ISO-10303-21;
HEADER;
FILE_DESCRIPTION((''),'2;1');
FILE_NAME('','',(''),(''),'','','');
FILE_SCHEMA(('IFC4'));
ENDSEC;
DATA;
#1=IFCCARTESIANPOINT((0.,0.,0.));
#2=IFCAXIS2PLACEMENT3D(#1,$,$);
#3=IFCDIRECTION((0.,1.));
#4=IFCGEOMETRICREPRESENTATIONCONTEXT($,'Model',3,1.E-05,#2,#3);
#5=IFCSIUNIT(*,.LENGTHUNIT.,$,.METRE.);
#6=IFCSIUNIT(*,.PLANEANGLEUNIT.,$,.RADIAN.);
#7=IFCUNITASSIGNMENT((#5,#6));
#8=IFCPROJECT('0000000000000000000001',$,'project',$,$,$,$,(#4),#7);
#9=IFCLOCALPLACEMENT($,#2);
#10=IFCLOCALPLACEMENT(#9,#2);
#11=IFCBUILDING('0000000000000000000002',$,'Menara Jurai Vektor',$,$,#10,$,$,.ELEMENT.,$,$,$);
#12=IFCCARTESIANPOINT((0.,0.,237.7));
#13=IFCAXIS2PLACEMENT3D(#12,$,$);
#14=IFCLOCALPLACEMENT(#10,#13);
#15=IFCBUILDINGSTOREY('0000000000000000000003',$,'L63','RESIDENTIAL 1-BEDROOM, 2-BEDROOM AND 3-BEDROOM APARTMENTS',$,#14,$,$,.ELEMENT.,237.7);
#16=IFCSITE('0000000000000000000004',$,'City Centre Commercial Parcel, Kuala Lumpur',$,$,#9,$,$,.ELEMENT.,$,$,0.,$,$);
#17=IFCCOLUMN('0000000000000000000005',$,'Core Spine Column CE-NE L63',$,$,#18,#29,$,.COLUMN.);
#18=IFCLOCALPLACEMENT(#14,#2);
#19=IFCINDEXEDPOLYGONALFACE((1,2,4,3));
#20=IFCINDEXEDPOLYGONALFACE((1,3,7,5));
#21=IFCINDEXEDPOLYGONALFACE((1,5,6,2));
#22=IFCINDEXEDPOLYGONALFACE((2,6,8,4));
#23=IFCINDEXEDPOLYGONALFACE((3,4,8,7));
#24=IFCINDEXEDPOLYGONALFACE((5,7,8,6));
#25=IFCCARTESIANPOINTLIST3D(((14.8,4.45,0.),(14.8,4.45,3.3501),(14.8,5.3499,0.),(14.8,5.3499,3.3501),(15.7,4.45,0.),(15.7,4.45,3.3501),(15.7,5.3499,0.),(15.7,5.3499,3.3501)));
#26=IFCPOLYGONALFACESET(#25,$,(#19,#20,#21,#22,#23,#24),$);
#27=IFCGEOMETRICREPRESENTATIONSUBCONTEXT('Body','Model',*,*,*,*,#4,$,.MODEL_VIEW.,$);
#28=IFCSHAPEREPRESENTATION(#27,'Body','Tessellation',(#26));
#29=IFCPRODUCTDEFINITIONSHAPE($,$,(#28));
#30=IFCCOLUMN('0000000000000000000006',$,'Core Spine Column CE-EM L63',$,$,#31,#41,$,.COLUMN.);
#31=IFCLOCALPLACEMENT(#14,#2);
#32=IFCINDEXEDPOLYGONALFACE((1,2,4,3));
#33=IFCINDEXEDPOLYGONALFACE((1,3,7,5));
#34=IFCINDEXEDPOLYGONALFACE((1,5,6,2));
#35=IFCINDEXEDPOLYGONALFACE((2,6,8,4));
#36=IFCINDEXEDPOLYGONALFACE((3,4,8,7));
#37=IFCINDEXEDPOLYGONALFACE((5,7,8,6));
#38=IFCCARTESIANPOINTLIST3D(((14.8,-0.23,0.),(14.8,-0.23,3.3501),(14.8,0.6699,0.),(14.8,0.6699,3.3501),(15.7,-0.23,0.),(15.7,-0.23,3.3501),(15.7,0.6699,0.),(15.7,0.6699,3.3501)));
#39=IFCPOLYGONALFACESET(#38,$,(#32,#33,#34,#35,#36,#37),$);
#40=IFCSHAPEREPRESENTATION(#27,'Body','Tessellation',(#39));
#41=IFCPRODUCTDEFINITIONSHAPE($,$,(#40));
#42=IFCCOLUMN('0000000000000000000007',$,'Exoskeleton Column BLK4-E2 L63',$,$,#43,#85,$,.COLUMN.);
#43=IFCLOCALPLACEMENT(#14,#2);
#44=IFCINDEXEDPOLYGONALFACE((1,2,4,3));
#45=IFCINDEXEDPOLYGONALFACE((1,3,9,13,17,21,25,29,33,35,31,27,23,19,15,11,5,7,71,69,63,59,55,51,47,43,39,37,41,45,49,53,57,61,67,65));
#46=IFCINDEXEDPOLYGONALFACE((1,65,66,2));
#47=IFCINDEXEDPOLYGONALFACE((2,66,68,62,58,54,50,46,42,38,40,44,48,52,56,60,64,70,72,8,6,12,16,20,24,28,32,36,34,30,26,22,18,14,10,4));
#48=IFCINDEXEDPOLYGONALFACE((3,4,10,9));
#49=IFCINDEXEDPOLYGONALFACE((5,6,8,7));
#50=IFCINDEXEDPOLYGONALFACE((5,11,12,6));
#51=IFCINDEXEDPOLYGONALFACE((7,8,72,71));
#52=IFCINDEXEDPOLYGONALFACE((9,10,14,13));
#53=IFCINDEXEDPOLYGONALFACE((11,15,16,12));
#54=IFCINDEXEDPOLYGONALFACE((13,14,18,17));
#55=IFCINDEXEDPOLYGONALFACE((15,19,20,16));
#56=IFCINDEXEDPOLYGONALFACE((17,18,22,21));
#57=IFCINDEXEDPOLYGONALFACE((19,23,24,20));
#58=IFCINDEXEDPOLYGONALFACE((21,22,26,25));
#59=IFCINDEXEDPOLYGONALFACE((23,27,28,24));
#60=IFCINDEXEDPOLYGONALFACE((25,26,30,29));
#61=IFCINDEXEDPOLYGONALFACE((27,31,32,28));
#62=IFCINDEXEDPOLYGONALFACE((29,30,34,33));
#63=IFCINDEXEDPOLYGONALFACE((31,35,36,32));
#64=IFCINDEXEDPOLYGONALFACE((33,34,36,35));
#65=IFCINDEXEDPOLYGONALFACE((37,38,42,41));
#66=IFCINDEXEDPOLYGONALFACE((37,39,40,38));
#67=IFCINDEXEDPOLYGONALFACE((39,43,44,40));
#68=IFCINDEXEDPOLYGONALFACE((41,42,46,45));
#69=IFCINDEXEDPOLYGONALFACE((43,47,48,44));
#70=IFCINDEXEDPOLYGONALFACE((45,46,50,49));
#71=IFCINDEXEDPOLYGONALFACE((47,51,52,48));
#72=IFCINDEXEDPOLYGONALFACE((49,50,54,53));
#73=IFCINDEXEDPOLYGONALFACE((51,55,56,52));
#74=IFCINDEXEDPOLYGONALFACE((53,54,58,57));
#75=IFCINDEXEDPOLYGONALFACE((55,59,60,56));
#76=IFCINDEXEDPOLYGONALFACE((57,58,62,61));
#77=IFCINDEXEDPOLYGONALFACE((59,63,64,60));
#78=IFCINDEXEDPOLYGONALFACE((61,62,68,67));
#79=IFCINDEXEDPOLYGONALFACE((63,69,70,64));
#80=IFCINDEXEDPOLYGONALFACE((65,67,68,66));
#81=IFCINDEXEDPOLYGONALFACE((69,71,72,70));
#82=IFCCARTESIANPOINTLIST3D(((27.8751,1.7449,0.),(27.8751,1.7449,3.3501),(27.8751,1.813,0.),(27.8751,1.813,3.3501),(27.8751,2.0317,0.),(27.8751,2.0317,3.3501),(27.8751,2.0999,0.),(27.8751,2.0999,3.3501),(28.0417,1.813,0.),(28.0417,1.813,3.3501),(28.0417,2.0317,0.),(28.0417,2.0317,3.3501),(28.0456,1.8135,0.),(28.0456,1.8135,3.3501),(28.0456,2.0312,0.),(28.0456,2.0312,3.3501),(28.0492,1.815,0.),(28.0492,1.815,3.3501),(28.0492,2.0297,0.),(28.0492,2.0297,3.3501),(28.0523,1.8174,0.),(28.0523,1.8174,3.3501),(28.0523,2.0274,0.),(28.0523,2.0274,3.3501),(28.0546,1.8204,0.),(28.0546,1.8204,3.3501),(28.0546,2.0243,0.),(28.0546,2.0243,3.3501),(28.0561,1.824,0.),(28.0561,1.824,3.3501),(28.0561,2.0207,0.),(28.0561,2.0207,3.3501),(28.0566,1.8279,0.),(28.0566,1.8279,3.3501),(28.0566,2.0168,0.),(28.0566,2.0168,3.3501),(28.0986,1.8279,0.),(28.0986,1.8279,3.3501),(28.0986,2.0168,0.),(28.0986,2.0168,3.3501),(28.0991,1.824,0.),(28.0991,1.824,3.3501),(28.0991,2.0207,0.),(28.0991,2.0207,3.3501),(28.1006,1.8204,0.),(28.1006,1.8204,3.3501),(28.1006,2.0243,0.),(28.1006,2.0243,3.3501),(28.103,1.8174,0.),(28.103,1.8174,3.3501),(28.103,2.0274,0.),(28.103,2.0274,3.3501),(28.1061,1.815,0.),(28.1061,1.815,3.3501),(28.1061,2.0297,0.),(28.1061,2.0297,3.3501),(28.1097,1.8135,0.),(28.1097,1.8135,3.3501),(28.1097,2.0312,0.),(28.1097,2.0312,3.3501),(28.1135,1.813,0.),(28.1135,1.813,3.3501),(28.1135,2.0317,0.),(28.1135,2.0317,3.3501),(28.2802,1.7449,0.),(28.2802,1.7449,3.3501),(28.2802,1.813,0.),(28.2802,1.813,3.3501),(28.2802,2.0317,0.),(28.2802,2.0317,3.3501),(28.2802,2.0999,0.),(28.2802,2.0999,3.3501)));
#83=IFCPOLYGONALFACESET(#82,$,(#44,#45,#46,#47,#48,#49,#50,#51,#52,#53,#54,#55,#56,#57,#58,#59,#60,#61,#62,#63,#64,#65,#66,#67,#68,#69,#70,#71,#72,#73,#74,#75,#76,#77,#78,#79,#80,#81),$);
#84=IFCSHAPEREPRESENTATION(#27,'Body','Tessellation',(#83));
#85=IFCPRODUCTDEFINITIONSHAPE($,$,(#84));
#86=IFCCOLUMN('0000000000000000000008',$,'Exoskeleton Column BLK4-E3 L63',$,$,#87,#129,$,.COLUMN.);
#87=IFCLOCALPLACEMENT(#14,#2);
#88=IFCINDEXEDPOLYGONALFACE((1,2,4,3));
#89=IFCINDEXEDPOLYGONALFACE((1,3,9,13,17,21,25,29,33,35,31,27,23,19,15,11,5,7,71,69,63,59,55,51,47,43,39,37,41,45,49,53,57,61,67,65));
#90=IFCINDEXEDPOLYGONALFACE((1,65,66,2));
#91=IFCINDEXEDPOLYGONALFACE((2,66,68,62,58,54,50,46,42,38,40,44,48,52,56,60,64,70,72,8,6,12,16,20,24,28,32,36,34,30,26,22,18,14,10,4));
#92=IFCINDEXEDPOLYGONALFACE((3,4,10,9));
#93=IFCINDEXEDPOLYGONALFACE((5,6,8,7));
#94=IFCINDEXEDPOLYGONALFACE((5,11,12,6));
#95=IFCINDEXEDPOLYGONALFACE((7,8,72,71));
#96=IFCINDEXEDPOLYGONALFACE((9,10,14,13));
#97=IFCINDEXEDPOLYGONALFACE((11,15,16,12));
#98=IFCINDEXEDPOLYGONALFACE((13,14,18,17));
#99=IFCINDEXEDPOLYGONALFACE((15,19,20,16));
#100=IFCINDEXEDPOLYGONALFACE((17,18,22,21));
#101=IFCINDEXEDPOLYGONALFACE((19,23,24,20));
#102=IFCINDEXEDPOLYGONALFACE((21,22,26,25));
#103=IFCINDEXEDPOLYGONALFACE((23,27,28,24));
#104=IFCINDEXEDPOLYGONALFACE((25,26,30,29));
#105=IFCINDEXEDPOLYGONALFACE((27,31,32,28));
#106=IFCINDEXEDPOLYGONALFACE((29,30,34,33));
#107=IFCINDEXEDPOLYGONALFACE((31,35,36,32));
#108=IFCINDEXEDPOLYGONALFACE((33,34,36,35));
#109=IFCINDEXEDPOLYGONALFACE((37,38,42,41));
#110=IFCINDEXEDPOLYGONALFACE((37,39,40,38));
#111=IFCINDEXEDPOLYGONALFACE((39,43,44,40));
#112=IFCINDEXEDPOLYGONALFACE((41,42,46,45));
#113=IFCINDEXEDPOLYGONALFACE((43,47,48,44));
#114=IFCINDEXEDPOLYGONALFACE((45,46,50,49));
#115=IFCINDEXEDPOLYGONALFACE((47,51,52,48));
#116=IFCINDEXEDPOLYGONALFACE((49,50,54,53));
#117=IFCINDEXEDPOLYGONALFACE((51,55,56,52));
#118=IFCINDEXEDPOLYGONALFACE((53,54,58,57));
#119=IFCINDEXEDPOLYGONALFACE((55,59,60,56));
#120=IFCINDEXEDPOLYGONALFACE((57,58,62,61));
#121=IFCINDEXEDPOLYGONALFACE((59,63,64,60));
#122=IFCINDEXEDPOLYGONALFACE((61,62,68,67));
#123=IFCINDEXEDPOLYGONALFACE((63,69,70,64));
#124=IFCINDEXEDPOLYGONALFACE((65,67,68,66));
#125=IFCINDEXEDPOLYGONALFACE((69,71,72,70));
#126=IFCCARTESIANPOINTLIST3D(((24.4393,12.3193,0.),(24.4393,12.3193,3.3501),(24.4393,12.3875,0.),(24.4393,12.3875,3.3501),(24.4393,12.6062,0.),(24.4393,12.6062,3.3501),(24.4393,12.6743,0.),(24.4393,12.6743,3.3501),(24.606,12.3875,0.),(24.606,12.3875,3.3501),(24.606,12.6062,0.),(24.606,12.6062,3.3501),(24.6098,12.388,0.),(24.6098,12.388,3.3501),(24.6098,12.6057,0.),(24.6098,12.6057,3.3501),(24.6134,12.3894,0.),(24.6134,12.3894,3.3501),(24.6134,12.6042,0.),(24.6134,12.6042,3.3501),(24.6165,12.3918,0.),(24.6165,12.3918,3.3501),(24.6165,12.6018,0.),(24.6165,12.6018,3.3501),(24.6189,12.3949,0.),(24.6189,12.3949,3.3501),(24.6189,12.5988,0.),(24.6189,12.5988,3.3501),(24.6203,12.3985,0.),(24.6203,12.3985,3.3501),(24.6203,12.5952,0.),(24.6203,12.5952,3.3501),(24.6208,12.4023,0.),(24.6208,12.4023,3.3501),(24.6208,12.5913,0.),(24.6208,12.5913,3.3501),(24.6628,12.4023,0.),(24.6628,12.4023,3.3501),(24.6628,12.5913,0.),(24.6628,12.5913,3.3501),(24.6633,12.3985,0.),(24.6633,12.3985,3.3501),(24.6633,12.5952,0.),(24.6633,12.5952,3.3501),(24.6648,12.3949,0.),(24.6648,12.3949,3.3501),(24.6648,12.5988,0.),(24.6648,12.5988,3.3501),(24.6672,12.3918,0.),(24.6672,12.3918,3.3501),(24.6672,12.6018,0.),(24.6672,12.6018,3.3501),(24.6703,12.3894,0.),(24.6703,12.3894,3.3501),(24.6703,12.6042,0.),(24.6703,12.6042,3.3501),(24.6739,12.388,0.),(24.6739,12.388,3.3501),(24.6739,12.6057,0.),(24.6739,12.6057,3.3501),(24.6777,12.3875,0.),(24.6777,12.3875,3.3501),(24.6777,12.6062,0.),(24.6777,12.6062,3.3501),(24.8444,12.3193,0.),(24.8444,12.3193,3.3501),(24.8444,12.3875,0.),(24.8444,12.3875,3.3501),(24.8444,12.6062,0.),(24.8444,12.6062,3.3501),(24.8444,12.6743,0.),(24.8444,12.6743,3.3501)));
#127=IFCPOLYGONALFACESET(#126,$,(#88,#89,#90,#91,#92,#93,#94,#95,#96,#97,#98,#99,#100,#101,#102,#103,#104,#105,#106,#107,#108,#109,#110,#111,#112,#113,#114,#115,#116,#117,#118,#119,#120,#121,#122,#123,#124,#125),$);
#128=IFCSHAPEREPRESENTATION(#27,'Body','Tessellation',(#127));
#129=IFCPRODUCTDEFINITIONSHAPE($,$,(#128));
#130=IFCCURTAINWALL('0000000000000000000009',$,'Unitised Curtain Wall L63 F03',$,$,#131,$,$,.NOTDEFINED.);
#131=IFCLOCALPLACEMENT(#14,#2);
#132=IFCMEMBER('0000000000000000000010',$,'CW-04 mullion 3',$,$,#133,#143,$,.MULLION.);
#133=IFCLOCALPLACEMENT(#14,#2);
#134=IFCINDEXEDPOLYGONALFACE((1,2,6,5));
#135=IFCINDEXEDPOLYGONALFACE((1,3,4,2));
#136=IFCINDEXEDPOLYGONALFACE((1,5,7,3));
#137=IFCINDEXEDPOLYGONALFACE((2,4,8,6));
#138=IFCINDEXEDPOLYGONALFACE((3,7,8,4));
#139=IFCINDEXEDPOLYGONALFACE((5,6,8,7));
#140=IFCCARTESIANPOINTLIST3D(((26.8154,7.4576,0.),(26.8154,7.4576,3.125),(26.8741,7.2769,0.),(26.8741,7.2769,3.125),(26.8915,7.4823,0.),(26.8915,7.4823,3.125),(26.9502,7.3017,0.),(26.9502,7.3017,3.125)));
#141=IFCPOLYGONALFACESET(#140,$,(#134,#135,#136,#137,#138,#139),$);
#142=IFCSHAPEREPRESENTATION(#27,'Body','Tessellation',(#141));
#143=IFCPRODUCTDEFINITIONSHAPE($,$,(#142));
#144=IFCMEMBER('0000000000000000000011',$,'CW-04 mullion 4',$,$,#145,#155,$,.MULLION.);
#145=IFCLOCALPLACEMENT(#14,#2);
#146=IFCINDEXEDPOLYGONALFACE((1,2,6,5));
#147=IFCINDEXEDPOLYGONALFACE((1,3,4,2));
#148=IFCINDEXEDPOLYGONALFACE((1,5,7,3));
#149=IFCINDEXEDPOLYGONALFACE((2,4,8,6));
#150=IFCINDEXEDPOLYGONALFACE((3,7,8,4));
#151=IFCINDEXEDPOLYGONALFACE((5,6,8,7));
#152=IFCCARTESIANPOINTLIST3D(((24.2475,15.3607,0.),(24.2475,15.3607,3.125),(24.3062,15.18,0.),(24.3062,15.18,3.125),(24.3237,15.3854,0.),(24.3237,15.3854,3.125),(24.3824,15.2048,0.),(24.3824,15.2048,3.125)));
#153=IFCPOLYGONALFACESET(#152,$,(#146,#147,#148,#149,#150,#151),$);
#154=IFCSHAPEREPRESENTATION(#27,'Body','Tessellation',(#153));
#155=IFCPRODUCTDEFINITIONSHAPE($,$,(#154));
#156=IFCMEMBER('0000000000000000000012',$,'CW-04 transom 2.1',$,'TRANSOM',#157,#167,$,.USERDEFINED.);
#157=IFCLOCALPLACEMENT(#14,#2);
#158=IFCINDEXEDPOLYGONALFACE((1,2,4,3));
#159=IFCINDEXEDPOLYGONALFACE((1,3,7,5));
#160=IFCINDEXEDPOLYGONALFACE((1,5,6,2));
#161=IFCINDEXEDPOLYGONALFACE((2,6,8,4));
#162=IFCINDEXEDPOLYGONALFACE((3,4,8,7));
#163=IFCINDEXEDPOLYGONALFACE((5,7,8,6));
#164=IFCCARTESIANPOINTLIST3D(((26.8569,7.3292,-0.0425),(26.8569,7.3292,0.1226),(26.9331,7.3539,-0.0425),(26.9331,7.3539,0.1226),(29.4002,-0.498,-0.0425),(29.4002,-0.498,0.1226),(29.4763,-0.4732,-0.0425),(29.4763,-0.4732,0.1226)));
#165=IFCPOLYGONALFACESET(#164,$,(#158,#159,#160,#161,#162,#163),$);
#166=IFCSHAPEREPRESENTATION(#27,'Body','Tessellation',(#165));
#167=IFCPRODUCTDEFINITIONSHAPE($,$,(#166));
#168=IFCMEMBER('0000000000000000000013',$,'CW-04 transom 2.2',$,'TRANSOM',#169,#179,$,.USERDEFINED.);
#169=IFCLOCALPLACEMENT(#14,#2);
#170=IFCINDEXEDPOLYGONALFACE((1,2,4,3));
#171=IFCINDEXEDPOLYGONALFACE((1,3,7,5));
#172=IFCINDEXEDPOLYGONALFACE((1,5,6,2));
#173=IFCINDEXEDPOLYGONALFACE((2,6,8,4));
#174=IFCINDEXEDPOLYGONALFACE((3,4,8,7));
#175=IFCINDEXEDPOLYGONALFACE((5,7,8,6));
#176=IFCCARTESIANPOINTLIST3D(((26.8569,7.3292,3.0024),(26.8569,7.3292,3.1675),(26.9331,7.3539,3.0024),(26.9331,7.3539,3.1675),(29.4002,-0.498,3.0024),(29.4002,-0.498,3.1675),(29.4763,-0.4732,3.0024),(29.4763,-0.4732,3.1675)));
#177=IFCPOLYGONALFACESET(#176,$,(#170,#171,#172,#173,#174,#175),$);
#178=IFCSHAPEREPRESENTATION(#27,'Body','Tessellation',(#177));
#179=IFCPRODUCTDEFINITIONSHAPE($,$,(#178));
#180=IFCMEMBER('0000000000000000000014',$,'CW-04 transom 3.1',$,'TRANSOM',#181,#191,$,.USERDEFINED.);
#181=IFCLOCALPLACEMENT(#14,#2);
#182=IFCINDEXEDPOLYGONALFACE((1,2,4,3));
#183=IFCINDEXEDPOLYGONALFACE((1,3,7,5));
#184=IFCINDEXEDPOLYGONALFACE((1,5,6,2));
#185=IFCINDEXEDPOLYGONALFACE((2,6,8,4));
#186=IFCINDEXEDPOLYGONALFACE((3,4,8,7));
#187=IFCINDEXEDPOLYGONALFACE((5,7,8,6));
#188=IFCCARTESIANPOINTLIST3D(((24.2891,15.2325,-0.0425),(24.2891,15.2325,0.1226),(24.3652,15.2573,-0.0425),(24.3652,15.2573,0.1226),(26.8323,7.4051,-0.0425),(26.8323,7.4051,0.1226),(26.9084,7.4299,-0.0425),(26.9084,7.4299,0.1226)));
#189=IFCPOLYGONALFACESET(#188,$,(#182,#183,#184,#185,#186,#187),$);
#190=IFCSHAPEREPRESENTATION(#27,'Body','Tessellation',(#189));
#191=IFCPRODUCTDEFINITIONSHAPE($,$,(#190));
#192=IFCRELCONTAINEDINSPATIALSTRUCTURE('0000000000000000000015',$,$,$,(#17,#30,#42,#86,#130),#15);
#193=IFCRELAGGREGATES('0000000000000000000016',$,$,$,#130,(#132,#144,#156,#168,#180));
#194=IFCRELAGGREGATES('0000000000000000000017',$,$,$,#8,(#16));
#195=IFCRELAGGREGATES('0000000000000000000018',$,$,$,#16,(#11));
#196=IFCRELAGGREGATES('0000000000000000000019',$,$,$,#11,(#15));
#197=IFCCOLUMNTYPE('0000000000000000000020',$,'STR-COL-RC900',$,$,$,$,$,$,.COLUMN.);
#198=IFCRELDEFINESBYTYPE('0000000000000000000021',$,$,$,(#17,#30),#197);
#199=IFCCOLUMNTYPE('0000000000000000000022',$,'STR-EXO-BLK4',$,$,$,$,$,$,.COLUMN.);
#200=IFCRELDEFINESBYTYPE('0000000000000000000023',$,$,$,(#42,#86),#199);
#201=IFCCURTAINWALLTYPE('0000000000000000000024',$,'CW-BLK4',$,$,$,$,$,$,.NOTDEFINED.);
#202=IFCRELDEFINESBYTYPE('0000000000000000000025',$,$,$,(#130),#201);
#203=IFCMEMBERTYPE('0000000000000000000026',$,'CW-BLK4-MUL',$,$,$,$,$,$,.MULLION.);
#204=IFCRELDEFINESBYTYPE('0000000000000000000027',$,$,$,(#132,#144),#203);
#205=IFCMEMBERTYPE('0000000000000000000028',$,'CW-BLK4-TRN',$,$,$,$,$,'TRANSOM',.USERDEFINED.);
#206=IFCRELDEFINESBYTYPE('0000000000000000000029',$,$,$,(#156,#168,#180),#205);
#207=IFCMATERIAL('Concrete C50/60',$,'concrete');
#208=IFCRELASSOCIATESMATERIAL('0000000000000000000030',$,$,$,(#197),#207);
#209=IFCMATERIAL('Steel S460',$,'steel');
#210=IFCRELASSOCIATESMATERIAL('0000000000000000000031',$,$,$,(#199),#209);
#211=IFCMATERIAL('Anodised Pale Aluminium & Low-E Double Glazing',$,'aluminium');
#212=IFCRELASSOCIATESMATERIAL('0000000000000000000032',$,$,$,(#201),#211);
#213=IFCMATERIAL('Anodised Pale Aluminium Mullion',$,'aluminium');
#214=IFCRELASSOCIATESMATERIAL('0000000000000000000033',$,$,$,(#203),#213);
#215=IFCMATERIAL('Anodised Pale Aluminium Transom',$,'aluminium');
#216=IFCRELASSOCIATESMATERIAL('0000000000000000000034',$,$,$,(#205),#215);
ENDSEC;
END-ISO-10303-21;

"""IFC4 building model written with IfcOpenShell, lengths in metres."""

from ifc_helpers import new_model, si_unit, direction, frame, origin, origin_2d, place, context, subcontext, project, spatial, rectangle, i_section, extrude, material, material_profile, profile_set, type_object, element, aggregate, save


model = new_model("IFC4")

# Units and contexts
model_context = context("Model", 3, precision=1e-05, world=origin(), true_north=direction((0.0, 1.0)))
body_context = subcontext(model_context, "Body", "Model", "MODEL_VIEW")
ifc_project = project(units=[si_unit("LENGTHUNIT", "METRE"), si_unit("PLANEANGLEUNIT", "RADIAN")], contexts=[model_context])

# Site, building, storey
site_placement = place(None, origin())
site = spatial("IfcSite", under=ifc_project, at=site_placement, Name="City Centre Commercial Parcel, Kuala Lumpur", CompositionType="ELEMENT", RefElevation=0.0)
building_placement = place(site_placement, origin())
building = spatial("IfcBuilding", under=site, at=building_placement, Name="Menara Jurai Vektor", CompositionType="ELEMENT")
storey_placement = place(building_placement, frame((0.0, 0.0, 237.7)))
storey = spatial("IfcBuildingStorey", under=building, at=storey_placement, Name="L63", Description="RESIDENTIAL 1-BEDROOM, 2-BEDROOM AND 3-BEDROOM APARTMENTS", CompositionType="ELEMENT", Elevation=237.7)

# Columns
ifc_material_1 = material(Name="Concrete C50/60", Category="concrete")
ifc_material_profile_1 = material_profile(ifc_material_1, rectangle(XDim=0.8999, YDim=0.8999, at=origin_2d()), Name="RC 900x900")
ifc_profile_set_1 = profile_set([ifc_material_profile_1], Name="Concrete C50/60")
column_type_1 = type_object("IfcColumnType", Name="STR-COL-RC900", PredefinedType="COLUMN", material=ifc_profile_set_1)
for number, where, z_axis, x_axis, name in (
    (1, (15.25, 4.8999, 0.0), (0.0, 0.0, 1.0), (1.0, 0.0, 0.0), "Core Spine Column CE-NE L63"),
    (2, (15.25, 0.22, 0.0), (0.0, 0.0, 1.0), (1.0, 0.0, 0.0), "Core Spine Column CE-EM L63"),
):
    element("IfcColumn", number, at=place(storey_placement, frame(where, z_axis=z_axis, x_axis=x_axis)), inside=storey, type_object=column_type_1, Name=name, PredefinedType="COLUMN", context=body_context, shape_type="SweptSolid", body=[
        extrude(rectangle(XDim=0.8999, YDim=0.8999, at=origin_2d()), origin(), (0.0, 0.0, 1.0), 3.3501),
    ])
ifc_material_2 = material(Name="Steel S460", Category="steel")
ifc_material_profile_2 = material_profile(ifc_material_2, i_section(OverallWidth=0.405, OverallDepth=0.355, WebThickness=0.042, FlangeThickness=0.0681, FilletRadius=0.0149, at=origin_2d()), Name="HD 400x551")
ifc_profile_set_2 = profile_set([ifc_material_profile_2], Name="Steel S460")
column_type_2 = type_object("IfcColumnType", Name="STR-EXO-BLK4", PredefinedType="COLUMN", material=ifc_profile_set_2)
for number, where, z_axis, x_axis, name in (
    (3, (28.0776, 1.9224, 0.0), (0.0, 0.0, 1.0), (1.0, 0.0, 0.0), "Exoskeleton Column BLK4-E2 L63"),
    (4, (24.6418, 12.4968, 0.0), (0.0, 0.0, 1.0), (1.0, 0.0, 0.0), "Exoskeleton Column BLK4-E3 L63"),
):
    element("IfcColumn", number, at=place(storey_placement, frame(where, z_axis=z_axis, x_axis=x_axis)), inside=storey, type_object=column_type_2, Name=name, PredefinedType="COLUMN", context=body_context, shape_type="SweptSolid", body=[
        extrude(i_section(OverallWidth=0.405, OverallDepth=0.355, WebThickness=0.042, FlangeThickness=0.0681, FilletRadius=0.0149, at=origin_2d()), origin(), (0.0, 0.0, 1.0), 3.3501),
    ])

# Curtain wall, members
ifc_material_3 = material(Name="Anodised Pale Aluminium & Low-E Double Glazing", Category="aluminium")
curtain_wall_type = type_object("IfcCurtainWallType", Name="CW-BLK4", PredefinedType="NOTDEFINED", material=ifc_material_3)
curtain_wall_placement = place(storey_placement, origin())
curtain_wall = element("IfcCurtainWall", 5, at=curtain_wall_placement, inside=storey, type_object=curtain_wall_type, Name="Unitised Curtain Wall L63 F03", PredefinedType="NOTDEFINED")
ifc_material_4 = material(Name="Anodised Pale Aluminium Mullion", Category="aluminium")
ifc_material_profile_3 = material_profile(ifc_material_4, rectangle(XDim=0.0801, YDim=0.1899, at=origin_2d()), Name="ALU MUL 80x190")
ifc_profile_set_3 = profile_set([ifc_material_profile_3], Name="Anodised Pale Aluminium Mullion")
member_type_1 = type_object("IfcMemberType", Name="CW-BLK4-MUL", PredefinedType="MULLION", material=ifc_profile_set_3)
member_1_placement = place(storey_placement, frame((26.8828, 7.3796, 0.0), z_axis=(0.0, 0.0, 1.0), x_axis=(-0.951057, -0.309016, 0.0)))
member_1 = element("IfcMember", 6, at=member_1_placement, type_object=member_type_1, Name="CW-04 mullion 3", PredefinedType="MULLION", context=body_context, shape_type="SweptSolid", body=[
    extrude(rectangle(XDim=0.0801, YDim=0.1899, at=origin_2d()), origin(), (0.0, 0.0, 1.0), 3.125),
])
member_2_placement = place(storey_placement, frame((24.3149, 15.2827, 0.0), z_axis=(0.0, 0.0, 1.0), x_axis=(-0.951057, -0.309016, 0.0)))
member_2 = element("IfcMember", 7, at=member_2_placement, type_object=member_type_1, Name="CW-04 mullion 4", PredefinedType="MULLION", context=body_context, shape_type="SweptSolid", body=[
    extrude(rectangle(XDim=0.0801, YDim=0.1899, at=origin_2d()), origin(), (0.0, 0.0, 1.0), 3.125),
])
ifc_material_5 = material(Name="Anodised Pale Aluminium Transom", Category="aluminium")
ifc_material_profile_4 = material_profile(ifc_material_5, rectangle(XDim=0.0801, YDim=0.165, at=origin_2d()), Name="ALU TRN 80x165")
ifc_profile_set_4 = profile_set([ifc_material_profile_4], Name="Anodised Pale Aluminium Transom")
member_type_2 = type_object("IfcMemberType", Name="CW-BLK4-TRN", ElementType="TRANSOM", PredefinedType="USERDEFINED", material=ifc_profile_set_4)
member_3_placement = place(storey_placement, frame((29.4382, -0.4856, 0.04), z_axis=(-0.309019, 0.951056, 0.0), x_axis=(-0.951056, -0.309019, 0.0)))
member_3 = element("IfcMember", 8, at=member_3_placement, type_object=member_type_2, Name="CW-04 transom 2.1", ObjectType="TRANSOM", PredefinedType="USERDEFINED", context=body_context, shape_type="SweptSolid", body=[
    extrude(rectangle(XDim=0.0801, YDim=0.165, at=origin_2d()), origin(), (0.0, 0.0, 1.0), 8.23),
])
member_4_placement = place(storey_placement, frame((29.4382, -0.4856, 3.085), z_axis=(-0.309019, 0.951056, 0.0), x_axis=(-0.951056, -0.309019, 0.0)))
member_4 = element("IfcMember", 9, at=member_4_placement, type_object=member_type_2, Name="CW-04 transom 2.2", ObjectType="TRANSOM", PredefinedType="USERDEFINED", context=body_context, shape_type="SweptSolid", body=[
    extrude(rectangle(XDim=0.0801, YDim=0.165, at=origin_2d()), origin(), (0.0, 0.0, 1.0), 8.23),
])
member_5_placement = place(storey_placement, frame((26.8704, 7.4175, 0.04), z_axis=(-0.30901, 0.951059, 0.0), x_axis=(-0.951059, -0.30901, 0.0)))
member_5 = element("IfcMember", 10, at=member_5_placement, type_object=member_type_2, Name="CW-04 transom 3.1", ObjectType="TRANSOM", PredefinedType="USERDEFINED", context=body_context, shape_type="SweptSolid", body=[
    extrude(rectangle(XDim=0.0801, YDim=0.165, at=origin_2d()), origin(), (0.0, 0.0, 1.0), 8.2302),
])

aggregate(curtain_wall, [member_1, member_2, member_3, member_4, member_5])

save(model, "model.ifc")
